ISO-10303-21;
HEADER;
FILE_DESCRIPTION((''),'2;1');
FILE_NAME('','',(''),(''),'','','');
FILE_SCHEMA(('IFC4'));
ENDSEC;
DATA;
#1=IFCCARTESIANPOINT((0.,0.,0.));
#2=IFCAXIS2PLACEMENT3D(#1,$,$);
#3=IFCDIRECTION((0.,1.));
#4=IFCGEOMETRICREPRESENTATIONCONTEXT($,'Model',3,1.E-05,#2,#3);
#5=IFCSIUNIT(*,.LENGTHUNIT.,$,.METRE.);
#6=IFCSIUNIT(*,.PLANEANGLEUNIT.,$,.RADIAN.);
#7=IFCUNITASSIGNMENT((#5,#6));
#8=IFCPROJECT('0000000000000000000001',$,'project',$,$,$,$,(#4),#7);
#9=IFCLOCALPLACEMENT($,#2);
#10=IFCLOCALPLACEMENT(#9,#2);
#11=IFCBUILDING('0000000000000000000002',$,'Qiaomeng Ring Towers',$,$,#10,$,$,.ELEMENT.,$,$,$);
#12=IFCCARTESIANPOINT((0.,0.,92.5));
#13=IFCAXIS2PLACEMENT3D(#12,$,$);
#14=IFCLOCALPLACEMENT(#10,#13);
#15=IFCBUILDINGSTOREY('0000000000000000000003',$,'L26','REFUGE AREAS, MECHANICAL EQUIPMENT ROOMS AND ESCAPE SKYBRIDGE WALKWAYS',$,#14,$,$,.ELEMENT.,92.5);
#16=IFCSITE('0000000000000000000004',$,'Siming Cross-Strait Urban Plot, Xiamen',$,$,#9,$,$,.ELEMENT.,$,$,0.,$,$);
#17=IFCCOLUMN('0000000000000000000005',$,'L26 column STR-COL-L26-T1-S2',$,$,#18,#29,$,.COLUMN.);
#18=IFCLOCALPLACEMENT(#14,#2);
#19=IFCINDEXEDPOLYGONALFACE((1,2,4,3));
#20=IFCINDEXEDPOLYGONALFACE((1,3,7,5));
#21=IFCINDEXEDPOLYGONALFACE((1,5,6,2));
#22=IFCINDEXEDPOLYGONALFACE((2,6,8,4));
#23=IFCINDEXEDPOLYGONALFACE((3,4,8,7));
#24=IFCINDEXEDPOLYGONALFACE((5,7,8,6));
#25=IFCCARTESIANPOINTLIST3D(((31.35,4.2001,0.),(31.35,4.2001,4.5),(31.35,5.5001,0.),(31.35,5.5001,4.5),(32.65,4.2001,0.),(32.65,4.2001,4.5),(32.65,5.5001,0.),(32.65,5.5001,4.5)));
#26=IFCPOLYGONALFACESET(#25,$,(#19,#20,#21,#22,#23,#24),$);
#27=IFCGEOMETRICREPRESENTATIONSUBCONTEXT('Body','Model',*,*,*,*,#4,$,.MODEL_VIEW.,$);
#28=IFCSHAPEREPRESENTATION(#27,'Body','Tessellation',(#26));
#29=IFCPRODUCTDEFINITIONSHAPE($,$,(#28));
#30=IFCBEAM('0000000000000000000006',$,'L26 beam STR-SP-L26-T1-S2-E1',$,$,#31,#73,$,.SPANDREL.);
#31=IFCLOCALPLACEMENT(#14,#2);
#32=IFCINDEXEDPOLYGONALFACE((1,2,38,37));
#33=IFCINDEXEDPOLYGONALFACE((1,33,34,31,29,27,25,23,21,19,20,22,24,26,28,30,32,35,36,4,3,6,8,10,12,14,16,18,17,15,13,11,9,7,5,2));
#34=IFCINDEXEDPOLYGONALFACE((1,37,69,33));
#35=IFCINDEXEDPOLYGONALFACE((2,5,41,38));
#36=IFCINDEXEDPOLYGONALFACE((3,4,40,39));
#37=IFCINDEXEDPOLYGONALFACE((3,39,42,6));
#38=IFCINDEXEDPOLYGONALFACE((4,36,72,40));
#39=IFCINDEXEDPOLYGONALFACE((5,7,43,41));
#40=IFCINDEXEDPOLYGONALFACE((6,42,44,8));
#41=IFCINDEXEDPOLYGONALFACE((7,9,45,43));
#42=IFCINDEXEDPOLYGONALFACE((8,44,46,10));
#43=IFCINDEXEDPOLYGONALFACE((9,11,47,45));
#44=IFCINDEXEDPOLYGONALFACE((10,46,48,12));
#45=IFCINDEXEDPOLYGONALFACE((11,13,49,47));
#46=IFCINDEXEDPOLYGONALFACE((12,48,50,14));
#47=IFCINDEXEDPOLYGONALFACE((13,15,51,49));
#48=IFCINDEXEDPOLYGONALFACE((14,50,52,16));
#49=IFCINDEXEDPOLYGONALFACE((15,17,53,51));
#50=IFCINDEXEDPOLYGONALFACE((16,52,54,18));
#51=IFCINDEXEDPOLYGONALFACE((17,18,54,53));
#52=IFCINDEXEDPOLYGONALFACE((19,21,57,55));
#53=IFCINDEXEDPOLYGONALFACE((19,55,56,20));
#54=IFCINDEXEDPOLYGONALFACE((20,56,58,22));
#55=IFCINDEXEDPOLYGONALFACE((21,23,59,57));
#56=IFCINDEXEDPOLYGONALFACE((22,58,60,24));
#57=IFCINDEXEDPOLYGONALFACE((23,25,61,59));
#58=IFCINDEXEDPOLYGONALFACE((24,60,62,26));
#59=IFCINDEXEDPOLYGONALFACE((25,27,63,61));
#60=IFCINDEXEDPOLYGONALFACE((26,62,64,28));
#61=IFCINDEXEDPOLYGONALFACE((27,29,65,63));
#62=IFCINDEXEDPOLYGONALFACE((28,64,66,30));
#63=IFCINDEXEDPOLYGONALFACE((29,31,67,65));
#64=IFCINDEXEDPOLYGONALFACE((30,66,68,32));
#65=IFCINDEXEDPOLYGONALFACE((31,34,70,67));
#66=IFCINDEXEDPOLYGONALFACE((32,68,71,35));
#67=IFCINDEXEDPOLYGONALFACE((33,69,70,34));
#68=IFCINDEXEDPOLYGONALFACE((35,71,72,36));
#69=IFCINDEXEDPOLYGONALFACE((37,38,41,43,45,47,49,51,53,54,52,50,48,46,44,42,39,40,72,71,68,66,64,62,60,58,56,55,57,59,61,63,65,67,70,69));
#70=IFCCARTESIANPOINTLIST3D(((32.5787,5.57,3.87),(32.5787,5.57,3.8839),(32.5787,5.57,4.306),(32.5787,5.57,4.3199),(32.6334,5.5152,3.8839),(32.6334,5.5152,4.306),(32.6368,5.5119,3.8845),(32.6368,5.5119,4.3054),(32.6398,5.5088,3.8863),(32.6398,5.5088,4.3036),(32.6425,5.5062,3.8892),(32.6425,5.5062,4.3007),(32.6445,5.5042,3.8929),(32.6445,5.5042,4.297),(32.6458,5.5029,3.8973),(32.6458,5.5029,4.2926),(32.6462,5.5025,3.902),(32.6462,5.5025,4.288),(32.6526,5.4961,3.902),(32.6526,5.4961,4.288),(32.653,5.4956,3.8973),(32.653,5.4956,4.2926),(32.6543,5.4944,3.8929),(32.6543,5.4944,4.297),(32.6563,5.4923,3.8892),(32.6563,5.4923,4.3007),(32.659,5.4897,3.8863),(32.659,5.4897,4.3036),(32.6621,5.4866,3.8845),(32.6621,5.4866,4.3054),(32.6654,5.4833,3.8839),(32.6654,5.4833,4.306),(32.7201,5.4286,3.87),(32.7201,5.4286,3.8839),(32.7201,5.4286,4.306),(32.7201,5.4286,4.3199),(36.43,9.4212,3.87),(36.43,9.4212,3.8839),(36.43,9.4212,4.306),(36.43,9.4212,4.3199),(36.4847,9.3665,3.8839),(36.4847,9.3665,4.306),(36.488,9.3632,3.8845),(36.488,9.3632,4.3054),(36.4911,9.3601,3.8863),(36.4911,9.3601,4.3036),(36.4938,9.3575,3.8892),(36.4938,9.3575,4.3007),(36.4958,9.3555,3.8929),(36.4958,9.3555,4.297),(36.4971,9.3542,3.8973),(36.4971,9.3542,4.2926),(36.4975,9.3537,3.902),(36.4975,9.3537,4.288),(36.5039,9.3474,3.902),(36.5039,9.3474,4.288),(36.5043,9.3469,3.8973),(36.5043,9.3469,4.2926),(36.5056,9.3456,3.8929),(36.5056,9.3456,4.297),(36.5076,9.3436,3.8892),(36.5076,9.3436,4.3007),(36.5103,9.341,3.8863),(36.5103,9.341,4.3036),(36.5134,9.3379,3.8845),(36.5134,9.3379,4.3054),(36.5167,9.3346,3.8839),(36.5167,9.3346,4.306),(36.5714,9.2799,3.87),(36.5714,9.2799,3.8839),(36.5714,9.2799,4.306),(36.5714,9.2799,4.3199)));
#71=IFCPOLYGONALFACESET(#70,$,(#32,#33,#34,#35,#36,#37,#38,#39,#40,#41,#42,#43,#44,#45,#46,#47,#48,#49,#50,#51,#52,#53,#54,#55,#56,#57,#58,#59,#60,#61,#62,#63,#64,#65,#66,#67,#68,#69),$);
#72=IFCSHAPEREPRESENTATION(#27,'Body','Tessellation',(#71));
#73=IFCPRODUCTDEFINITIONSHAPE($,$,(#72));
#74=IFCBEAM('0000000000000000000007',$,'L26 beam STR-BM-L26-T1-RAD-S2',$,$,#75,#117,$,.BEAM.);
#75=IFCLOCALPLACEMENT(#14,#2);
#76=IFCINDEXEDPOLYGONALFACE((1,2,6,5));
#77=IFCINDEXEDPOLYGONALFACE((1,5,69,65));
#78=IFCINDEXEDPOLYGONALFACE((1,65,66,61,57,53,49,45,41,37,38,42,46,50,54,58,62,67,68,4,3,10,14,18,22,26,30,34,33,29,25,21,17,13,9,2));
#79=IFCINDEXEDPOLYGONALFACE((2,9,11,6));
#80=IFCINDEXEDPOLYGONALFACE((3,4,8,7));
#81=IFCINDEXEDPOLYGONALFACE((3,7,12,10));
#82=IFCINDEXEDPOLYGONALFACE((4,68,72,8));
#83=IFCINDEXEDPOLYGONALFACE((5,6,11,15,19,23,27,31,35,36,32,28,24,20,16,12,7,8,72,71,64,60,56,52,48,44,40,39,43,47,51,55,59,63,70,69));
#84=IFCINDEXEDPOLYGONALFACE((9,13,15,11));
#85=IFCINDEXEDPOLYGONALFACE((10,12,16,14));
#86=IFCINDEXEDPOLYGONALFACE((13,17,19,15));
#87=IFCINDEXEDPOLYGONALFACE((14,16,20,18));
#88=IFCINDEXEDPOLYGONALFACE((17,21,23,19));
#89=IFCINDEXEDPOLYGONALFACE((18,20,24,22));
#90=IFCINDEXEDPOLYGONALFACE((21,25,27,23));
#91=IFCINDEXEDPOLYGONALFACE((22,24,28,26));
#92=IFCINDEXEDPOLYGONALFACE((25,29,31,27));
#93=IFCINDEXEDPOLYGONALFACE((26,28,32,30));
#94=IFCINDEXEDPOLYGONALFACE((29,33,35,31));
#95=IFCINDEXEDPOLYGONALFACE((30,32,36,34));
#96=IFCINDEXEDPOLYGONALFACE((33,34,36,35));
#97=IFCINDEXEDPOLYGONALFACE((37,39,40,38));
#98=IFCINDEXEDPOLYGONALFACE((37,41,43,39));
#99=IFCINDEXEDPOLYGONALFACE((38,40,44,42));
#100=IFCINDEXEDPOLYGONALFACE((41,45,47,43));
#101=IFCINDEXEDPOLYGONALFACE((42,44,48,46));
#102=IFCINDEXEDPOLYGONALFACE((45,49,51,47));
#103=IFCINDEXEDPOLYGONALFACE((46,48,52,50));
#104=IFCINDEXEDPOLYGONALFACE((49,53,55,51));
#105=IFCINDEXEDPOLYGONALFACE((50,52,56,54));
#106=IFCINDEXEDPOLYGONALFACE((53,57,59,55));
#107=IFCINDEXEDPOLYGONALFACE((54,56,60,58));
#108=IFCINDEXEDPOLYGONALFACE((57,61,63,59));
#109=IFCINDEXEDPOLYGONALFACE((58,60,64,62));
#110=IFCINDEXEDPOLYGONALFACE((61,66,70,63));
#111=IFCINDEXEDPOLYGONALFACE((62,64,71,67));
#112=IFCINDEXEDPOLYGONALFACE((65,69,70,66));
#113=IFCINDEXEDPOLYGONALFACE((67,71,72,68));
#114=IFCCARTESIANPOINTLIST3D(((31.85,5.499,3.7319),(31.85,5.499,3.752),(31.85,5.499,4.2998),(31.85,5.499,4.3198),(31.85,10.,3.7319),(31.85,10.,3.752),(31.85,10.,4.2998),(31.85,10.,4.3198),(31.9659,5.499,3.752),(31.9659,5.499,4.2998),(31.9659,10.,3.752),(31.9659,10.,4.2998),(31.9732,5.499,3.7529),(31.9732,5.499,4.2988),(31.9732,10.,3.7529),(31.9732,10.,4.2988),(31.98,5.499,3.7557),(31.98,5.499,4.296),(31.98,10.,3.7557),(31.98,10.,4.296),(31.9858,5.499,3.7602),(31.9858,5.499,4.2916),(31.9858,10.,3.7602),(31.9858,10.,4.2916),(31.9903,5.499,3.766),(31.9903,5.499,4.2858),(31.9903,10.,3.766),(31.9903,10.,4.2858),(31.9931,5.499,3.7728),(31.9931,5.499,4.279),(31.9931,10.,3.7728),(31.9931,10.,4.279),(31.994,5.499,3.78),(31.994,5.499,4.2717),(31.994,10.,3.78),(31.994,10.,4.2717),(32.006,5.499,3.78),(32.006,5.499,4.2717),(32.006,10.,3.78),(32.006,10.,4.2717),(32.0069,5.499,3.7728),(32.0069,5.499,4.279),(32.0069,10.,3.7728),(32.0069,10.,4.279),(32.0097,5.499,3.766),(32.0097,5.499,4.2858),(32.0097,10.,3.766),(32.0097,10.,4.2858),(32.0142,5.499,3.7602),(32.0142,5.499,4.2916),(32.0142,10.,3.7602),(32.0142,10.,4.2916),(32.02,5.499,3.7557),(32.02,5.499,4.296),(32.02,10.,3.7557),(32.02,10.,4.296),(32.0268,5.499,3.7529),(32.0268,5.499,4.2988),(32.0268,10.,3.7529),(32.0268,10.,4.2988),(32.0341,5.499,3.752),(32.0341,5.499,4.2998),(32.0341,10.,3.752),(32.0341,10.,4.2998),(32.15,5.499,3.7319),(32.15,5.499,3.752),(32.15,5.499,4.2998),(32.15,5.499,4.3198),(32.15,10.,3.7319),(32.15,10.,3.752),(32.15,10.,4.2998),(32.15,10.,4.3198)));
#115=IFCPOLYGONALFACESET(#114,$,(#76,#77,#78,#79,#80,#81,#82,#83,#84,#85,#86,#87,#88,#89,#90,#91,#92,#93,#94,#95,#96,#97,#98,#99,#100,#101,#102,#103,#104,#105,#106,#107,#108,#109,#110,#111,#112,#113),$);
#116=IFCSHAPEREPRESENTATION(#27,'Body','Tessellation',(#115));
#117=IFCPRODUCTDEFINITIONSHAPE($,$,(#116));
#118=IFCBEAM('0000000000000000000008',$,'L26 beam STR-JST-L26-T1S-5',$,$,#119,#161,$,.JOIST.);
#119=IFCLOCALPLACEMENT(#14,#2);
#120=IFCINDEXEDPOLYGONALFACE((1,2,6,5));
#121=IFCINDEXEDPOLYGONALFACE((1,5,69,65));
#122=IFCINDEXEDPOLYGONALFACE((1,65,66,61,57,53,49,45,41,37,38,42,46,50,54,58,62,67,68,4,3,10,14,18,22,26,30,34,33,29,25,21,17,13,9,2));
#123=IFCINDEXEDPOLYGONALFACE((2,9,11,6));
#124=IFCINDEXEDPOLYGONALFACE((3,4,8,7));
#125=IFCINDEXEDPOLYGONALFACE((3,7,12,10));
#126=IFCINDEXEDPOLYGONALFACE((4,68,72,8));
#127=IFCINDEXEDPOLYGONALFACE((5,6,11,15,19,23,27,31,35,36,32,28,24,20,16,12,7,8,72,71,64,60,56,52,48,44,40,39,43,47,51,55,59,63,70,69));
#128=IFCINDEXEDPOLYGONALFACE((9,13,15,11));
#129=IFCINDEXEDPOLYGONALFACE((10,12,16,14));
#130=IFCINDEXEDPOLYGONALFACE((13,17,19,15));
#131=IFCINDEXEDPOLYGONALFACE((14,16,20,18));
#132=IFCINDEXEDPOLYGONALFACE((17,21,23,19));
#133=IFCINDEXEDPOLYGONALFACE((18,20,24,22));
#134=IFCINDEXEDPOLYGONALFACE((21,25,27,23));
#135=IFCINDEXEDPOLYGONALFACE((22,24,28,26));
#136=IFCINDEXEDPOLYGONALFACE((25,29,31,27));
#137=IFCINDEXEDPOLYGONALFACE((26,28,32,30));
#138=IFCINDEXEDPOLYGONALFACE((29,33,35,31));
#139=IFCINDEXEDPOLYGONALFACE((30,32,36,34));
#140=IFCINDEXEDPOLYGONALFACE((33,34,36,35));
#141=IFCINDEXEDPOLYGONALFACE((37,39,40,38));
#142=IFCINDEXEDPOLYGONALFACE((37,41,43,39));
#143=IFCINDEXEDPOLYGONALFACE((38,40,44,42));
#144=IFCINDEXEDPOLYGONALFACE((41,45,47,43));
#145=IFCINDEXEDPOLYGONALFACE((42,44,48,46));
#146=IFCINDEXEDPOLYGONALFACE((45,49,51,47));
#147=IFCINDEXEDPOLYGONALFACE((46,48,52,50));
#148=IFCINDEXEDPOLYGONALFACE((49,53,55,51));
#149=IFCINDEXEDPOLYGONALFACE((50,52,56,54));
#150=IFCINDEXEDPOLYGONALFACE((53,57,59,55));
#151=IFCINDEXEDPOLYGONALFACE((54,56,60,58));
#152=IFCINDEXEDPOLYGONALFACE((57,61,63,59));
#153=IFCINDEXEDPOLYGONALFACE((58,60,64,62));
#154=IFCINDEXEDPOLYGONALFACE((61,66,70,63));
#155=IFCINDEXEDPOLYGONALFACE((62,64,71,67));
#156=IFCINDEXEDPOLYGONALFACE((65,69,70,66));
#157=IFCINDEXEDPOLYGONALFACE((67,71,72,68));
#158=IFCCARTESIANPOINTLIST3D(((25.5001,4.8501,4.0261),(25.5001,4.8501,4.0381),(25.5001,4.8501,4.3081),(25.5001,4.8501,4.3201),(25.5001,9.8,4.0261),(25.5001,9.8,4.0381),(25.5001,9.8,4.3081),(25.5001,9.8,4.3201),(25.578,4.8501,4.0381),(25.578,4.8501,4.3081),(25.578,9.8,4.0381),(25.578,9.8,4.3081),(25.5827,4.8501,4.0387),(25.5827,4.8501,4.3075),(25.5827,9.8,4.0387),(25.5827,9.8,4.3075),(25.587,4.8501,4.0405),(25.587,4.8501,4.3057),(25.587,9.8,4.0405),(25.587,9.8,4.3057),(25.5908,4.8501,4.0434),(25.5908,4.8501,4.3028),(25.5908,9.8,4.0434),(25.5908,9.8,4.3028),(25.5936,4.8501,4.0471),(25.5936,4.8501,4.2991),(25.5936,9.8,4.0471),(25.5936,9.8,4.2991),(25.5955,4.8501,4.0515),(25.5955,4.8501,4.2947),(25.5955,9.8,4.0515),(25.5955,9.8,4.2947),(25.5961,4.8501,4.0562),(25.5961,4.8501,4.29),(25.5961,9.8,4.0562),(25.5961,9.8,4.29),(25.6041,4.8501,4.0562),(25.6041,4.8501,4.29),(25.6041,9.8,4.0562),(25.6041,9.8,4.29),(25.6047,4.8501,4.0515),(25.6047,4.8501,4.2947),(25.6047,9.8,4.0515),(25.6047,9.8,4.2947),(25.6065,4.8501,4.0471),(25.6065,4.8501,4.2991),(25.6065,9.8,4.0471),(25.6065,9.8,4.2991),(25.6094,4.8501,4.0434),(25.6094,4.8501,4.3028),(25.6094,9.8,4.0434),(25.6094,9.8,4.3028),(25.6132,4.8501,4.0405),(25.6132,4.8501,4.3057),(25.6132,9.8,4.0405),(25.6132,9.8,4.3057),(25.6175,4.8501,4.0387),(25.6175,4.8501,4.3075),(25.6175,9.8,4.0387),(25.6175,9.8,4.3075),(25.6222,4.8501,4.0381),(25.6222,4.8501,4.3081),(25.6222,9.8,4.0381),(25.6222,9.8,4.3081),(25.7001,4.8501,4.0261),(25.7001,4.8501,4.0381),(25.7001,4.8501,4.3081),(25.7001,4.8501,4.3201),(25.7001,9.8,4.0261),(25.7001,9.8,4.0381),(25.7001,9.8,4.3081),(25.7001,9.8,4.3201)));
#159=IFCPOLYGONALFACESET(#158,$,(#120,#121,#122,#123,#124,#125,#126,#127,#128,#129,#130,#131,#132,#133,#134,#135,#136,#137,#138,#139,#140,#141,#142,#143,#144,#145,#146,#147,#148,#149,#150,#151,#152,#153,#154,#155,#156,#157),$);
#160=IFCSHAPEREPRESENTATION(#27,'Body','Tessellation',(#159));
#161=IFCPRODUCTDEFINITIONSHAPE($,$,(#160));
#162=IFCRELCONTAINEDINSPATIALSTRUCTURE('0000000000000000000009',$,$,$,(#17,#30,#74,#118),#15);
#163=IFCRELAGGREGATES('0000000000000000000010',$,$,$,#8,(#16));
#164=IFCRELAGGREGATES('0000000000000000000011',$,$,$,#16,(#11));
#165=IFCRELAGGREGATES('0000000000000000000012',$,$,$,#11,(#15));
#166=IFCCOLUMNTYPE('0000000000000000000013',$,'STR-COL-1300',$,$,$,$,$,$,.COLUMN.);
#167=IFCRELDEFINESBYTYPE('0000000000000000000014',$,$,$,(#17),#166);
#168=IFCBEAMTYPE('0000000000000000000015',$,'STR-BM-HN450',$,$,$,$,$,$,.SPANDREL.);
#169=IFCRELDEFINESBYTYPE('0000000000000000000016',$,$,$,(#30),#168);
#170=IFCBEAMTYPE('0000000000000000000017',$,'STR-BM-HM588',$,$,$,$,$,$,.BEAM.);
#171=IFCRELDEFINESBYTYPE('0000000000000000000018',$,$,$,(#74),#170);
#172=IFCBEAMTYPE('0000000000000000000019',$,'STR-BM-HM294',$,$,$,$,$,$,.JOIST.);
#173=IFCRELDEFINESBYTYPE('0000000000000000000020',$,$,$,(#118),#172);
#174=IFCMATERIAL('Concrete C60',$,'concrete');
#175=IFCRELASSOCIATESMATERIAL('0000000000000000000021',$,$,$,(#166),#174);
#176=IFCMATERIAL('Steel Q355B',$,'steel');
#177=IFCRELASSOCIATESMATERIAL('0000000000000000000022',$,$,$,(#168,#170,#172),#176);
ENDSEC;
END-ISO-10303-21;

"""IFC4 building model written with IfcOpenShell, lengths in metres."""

from ifc_helpers import new_model, si_unit, direction, frame, origin, origin_2d, place, context, subcontext, project, spatial, rectangle, i_section, extrude, source, transform, mapped, material, material_profile, profile_set, type_object, element, save


model = new_model("IFC4")

# Units and contexts
model_context = context("Model", 3, precision=1e-05, world=origin(), true_north=direction((0.0, 1.0)))
body_context = subcontext(model_context, "Body", "Model", "MODEL_VIEW")
ifc_project = project(units=[si_unit("LENGTHUNIT", "METRE"), si_unit("PLANEANGLEUNIT", "RADIAN")], contexts=[model_context])

# Site, building, storey
site_placement = place(None, origin())
site = spatial("IfcSite", under=ifc_project, at=site_placement, Name="Siming Cross-Strait Urban Plot, Xiamen", CompositionType="ELEMENT", RefElevation=0.0)
building_placement = place(site_placement, origin())
building = spatial("IfcBuilding", under=site, at=building_placement, Name="Qiaomeng Ring Towers", CompositionType="ELEMENT")
storey_placement = place(building_placement, frame((0.0, 0.0, 92.5)))
storey = spatial("IfcBuildingStorey", under=building, at=storey_placement, Name="L26", Description="REFUGE AREAS, MECHANICAL EQUIPMENT ROOMS AND ESCAPE SKYBRIDGE WALKWAYS", CompositionType="ELEMENT", Elevation=92.5)

# Column
ifc_material_1 = material(Name="Concrete C60", Category="concrete")
ifc_material_profile_1 = material_profile(ifc_material_1, rectangle(XDim=1.3, YDim=1.3, at=origin_2d()), Name="RC COL 1300x1300")
ifc_profile_set_1 = profile_set([ifc_material_profile_1], Name="Concrete C60")
column_type = type_object("IfcColumnType", Name="STR-COL-1300", PredefinedType="COLUMN", material=ifc_profile_set_1)
shared_shape_1 = source(origin(), body_context, "Body", "SweptSolid", [
    extrude(rectangle(XDim=1.3, YDim=1.3, at=origin_2d()), origin(), (0.0, 0.0, 1.0), 4.5),
])
column_placement = place(storey_placement, frame((32.0, 4.8501, 0.0), z_axis=(0.0, 0.0, 1.0), x_axis=(1.0, 0.0, 0.0)))
element("IfcColumn", 1, at=column_placement, inside=storey, type_object=column_type, Name="L26 column STR-COL-L26-T1-S2", PredefinedType="COLUMN", context=body_context, shape_type="MappedRepresentation", body=[
    mapped(shared_shape_1, transform((0.0, 0.0, 0.0), x_axis=(1.0, 0.0, 0.0), y_axis=(0.0, 1.0, 0.0), z_axis=(0.0, 0.0, 1.0), scale=1.0)),
])

# Beams
ifc_material_2 = material(Name="Steel Q355B", Category="steel")
ifc_material_profile_2 = material_profile(ifc_material_2, i_section(OverallWidth=0.2, OverallDepth=0.45, WebThickness=0.009, FlangeThickness=0.0139, FilletRadius=0.0181, at=origin_2d()), Name="HN 450x200x9x14")
ifc_profile_set_2 = profile_set([ifc_material_profile_2], Name="Steel Q355B")
beam_type_1 = type_object("IfcBeamType", Name="STR-BM-HN450", PredefinedType="SPANDREL", material=ifc_profile_set_2)
shared_shape_2 = source(origin(), body_context, "Body", "SweptSolid", [
    extrude(i_section(OverallWidth=0.2, OverallDepth=0.45, WebThickness=0.009, FlangeThickness=0.0139, FilletRadius=0.0181, at=origin_2d()), origin(), (0.0, 0.0, 1.0), 5.4465),
])
beam_1_placement = place(storey_placement, frame((32.6494, 5.4993, 4.095), z_axis=(0.707107, 0.707107, 0.0), x_axis=(-0.707107, 0.707107, 0.0)))
element("IfcBeam", 2, at=beam_1_placement, inside=storey, type_object=beam_type_1, Name="L26 beam STR-SP-L26-T1-S2-E1", PredefinedType="SPANDREL", context=body_context, shape_type="MappedRepresentation", body=[
    mapped(shared_shape_2, transform((0.0, 0.0, 0.0), x_axis=(1.0, 0.0, 0.0), y_axis=(0.0, 1.0, 0.0), z_axis=(0.0, 0.0, 1.0), scale=1.0)),
])
ifc_material_profile_3 = material_profile(ifc_material_2, i_section(OverallWidth=0.3, OverallDepth=0.5879, WebThickness=0.012, FlangeThickness=0.02, FilletRadius=0.0281, at=origin_2d()), Name="HM 588x300x12x20")
ifc_profile_set_3 = profile_set([ifc_material_profile_3], Name="Steel Q355B")
beam_type_2 = type_object("IfcBeamType", Name="STR-BM-HM588", PredefinedType="BEAM", material=ifc_profile_set_3)
shared_shape_3 = source(origin(), body_context, "Body", "SweptSolid", [
    extrude(i_section(OverallWidth=0.3, OverallDepth=0.5879, WebThickness=0.012, FlangeThickness=0.02, FilletRadius=0.0281, at=origin_2d()), origin(), (0.0, 0.0, 1.0), 4.501),
])
beam_2_placement = place(storey_placement, frame((32.0, 5.499, 4.0259), z_axis=(0.0, 1.0, 0.0), x_axis=(-1.0, 0.0, 0.0)))
element("IfcBeam", 3, at=beam_2_placement, inside=storey, type_object=beam_type_2, Name="L26 beam STR-BM-L26-T1-RAD-S2", PredefinedType="BEAM", context=body_context, shape_type="MappedRepresentation", body=[
    mapped(shared_shape_3, transform((0.0, 0.0, 0.0), x_axis=(1.0, 0.0, 0.0), y_axis=(0.0, 1.0, 0.0), z_axis=(0.0, 0.0, 1.0), scale=1.0)),
])
ifc_material_profile_4 = material_profile(ifc_material_2, i_section(OverallWidth=0.2, OverallDepth=0.2939, WebThickness=0.0081, FlangeThickness=0.012, FilletRadius=0.0181, at=origin_2d()), Name="HM 294x200x8x12")
ifc_profile_set_4 = profile_set([ifc_material_profile_4], Name="Steel Q355B")
beam_type_3 = type_object("IfcBeamType", Name="STR-BM-HM294", PredefinedType="JOIST", material=ifc_profile_set_4)
shared_shape_4 = source(origin(), body_context, "Body", "SweptSolid", [
    extrude(i_section(OverallWidth=0.2, OverallDepth=0.2939, WebThickness=0.0081, FlangeThickness=0.012, FilletRadius=0.0181, at=origin_2d()), origin(), (0.0, 0.0, 1.0), 4.95),
])
beam_3_placement = place(storey_placement, frame((25.6001, 4.8501, 4.1731), z_axis=(0.0, 1.0, 0.0), x_axis=(-1.0, 0.0, 0.0)))
element("IfcBeam", 4, at=beam_3_placement, inside=storey, type_object=beam_type_3, Name="L26 beam STR-JST-L26-T1S-5", PredefinedType="JOIST", context=body_context, shape_type="MappedRepresentation", body=[
    mapped(shared_shape_4, transform((0.0, 0.0, 0.0), x_axis=(1.0, 0.0, 0.0), y_axis=(0.0, 1.0, 0.0), z_axis=(0.0, 0.0, 1.0), scale=1.0)),
])

save(model, "model.ifc")
